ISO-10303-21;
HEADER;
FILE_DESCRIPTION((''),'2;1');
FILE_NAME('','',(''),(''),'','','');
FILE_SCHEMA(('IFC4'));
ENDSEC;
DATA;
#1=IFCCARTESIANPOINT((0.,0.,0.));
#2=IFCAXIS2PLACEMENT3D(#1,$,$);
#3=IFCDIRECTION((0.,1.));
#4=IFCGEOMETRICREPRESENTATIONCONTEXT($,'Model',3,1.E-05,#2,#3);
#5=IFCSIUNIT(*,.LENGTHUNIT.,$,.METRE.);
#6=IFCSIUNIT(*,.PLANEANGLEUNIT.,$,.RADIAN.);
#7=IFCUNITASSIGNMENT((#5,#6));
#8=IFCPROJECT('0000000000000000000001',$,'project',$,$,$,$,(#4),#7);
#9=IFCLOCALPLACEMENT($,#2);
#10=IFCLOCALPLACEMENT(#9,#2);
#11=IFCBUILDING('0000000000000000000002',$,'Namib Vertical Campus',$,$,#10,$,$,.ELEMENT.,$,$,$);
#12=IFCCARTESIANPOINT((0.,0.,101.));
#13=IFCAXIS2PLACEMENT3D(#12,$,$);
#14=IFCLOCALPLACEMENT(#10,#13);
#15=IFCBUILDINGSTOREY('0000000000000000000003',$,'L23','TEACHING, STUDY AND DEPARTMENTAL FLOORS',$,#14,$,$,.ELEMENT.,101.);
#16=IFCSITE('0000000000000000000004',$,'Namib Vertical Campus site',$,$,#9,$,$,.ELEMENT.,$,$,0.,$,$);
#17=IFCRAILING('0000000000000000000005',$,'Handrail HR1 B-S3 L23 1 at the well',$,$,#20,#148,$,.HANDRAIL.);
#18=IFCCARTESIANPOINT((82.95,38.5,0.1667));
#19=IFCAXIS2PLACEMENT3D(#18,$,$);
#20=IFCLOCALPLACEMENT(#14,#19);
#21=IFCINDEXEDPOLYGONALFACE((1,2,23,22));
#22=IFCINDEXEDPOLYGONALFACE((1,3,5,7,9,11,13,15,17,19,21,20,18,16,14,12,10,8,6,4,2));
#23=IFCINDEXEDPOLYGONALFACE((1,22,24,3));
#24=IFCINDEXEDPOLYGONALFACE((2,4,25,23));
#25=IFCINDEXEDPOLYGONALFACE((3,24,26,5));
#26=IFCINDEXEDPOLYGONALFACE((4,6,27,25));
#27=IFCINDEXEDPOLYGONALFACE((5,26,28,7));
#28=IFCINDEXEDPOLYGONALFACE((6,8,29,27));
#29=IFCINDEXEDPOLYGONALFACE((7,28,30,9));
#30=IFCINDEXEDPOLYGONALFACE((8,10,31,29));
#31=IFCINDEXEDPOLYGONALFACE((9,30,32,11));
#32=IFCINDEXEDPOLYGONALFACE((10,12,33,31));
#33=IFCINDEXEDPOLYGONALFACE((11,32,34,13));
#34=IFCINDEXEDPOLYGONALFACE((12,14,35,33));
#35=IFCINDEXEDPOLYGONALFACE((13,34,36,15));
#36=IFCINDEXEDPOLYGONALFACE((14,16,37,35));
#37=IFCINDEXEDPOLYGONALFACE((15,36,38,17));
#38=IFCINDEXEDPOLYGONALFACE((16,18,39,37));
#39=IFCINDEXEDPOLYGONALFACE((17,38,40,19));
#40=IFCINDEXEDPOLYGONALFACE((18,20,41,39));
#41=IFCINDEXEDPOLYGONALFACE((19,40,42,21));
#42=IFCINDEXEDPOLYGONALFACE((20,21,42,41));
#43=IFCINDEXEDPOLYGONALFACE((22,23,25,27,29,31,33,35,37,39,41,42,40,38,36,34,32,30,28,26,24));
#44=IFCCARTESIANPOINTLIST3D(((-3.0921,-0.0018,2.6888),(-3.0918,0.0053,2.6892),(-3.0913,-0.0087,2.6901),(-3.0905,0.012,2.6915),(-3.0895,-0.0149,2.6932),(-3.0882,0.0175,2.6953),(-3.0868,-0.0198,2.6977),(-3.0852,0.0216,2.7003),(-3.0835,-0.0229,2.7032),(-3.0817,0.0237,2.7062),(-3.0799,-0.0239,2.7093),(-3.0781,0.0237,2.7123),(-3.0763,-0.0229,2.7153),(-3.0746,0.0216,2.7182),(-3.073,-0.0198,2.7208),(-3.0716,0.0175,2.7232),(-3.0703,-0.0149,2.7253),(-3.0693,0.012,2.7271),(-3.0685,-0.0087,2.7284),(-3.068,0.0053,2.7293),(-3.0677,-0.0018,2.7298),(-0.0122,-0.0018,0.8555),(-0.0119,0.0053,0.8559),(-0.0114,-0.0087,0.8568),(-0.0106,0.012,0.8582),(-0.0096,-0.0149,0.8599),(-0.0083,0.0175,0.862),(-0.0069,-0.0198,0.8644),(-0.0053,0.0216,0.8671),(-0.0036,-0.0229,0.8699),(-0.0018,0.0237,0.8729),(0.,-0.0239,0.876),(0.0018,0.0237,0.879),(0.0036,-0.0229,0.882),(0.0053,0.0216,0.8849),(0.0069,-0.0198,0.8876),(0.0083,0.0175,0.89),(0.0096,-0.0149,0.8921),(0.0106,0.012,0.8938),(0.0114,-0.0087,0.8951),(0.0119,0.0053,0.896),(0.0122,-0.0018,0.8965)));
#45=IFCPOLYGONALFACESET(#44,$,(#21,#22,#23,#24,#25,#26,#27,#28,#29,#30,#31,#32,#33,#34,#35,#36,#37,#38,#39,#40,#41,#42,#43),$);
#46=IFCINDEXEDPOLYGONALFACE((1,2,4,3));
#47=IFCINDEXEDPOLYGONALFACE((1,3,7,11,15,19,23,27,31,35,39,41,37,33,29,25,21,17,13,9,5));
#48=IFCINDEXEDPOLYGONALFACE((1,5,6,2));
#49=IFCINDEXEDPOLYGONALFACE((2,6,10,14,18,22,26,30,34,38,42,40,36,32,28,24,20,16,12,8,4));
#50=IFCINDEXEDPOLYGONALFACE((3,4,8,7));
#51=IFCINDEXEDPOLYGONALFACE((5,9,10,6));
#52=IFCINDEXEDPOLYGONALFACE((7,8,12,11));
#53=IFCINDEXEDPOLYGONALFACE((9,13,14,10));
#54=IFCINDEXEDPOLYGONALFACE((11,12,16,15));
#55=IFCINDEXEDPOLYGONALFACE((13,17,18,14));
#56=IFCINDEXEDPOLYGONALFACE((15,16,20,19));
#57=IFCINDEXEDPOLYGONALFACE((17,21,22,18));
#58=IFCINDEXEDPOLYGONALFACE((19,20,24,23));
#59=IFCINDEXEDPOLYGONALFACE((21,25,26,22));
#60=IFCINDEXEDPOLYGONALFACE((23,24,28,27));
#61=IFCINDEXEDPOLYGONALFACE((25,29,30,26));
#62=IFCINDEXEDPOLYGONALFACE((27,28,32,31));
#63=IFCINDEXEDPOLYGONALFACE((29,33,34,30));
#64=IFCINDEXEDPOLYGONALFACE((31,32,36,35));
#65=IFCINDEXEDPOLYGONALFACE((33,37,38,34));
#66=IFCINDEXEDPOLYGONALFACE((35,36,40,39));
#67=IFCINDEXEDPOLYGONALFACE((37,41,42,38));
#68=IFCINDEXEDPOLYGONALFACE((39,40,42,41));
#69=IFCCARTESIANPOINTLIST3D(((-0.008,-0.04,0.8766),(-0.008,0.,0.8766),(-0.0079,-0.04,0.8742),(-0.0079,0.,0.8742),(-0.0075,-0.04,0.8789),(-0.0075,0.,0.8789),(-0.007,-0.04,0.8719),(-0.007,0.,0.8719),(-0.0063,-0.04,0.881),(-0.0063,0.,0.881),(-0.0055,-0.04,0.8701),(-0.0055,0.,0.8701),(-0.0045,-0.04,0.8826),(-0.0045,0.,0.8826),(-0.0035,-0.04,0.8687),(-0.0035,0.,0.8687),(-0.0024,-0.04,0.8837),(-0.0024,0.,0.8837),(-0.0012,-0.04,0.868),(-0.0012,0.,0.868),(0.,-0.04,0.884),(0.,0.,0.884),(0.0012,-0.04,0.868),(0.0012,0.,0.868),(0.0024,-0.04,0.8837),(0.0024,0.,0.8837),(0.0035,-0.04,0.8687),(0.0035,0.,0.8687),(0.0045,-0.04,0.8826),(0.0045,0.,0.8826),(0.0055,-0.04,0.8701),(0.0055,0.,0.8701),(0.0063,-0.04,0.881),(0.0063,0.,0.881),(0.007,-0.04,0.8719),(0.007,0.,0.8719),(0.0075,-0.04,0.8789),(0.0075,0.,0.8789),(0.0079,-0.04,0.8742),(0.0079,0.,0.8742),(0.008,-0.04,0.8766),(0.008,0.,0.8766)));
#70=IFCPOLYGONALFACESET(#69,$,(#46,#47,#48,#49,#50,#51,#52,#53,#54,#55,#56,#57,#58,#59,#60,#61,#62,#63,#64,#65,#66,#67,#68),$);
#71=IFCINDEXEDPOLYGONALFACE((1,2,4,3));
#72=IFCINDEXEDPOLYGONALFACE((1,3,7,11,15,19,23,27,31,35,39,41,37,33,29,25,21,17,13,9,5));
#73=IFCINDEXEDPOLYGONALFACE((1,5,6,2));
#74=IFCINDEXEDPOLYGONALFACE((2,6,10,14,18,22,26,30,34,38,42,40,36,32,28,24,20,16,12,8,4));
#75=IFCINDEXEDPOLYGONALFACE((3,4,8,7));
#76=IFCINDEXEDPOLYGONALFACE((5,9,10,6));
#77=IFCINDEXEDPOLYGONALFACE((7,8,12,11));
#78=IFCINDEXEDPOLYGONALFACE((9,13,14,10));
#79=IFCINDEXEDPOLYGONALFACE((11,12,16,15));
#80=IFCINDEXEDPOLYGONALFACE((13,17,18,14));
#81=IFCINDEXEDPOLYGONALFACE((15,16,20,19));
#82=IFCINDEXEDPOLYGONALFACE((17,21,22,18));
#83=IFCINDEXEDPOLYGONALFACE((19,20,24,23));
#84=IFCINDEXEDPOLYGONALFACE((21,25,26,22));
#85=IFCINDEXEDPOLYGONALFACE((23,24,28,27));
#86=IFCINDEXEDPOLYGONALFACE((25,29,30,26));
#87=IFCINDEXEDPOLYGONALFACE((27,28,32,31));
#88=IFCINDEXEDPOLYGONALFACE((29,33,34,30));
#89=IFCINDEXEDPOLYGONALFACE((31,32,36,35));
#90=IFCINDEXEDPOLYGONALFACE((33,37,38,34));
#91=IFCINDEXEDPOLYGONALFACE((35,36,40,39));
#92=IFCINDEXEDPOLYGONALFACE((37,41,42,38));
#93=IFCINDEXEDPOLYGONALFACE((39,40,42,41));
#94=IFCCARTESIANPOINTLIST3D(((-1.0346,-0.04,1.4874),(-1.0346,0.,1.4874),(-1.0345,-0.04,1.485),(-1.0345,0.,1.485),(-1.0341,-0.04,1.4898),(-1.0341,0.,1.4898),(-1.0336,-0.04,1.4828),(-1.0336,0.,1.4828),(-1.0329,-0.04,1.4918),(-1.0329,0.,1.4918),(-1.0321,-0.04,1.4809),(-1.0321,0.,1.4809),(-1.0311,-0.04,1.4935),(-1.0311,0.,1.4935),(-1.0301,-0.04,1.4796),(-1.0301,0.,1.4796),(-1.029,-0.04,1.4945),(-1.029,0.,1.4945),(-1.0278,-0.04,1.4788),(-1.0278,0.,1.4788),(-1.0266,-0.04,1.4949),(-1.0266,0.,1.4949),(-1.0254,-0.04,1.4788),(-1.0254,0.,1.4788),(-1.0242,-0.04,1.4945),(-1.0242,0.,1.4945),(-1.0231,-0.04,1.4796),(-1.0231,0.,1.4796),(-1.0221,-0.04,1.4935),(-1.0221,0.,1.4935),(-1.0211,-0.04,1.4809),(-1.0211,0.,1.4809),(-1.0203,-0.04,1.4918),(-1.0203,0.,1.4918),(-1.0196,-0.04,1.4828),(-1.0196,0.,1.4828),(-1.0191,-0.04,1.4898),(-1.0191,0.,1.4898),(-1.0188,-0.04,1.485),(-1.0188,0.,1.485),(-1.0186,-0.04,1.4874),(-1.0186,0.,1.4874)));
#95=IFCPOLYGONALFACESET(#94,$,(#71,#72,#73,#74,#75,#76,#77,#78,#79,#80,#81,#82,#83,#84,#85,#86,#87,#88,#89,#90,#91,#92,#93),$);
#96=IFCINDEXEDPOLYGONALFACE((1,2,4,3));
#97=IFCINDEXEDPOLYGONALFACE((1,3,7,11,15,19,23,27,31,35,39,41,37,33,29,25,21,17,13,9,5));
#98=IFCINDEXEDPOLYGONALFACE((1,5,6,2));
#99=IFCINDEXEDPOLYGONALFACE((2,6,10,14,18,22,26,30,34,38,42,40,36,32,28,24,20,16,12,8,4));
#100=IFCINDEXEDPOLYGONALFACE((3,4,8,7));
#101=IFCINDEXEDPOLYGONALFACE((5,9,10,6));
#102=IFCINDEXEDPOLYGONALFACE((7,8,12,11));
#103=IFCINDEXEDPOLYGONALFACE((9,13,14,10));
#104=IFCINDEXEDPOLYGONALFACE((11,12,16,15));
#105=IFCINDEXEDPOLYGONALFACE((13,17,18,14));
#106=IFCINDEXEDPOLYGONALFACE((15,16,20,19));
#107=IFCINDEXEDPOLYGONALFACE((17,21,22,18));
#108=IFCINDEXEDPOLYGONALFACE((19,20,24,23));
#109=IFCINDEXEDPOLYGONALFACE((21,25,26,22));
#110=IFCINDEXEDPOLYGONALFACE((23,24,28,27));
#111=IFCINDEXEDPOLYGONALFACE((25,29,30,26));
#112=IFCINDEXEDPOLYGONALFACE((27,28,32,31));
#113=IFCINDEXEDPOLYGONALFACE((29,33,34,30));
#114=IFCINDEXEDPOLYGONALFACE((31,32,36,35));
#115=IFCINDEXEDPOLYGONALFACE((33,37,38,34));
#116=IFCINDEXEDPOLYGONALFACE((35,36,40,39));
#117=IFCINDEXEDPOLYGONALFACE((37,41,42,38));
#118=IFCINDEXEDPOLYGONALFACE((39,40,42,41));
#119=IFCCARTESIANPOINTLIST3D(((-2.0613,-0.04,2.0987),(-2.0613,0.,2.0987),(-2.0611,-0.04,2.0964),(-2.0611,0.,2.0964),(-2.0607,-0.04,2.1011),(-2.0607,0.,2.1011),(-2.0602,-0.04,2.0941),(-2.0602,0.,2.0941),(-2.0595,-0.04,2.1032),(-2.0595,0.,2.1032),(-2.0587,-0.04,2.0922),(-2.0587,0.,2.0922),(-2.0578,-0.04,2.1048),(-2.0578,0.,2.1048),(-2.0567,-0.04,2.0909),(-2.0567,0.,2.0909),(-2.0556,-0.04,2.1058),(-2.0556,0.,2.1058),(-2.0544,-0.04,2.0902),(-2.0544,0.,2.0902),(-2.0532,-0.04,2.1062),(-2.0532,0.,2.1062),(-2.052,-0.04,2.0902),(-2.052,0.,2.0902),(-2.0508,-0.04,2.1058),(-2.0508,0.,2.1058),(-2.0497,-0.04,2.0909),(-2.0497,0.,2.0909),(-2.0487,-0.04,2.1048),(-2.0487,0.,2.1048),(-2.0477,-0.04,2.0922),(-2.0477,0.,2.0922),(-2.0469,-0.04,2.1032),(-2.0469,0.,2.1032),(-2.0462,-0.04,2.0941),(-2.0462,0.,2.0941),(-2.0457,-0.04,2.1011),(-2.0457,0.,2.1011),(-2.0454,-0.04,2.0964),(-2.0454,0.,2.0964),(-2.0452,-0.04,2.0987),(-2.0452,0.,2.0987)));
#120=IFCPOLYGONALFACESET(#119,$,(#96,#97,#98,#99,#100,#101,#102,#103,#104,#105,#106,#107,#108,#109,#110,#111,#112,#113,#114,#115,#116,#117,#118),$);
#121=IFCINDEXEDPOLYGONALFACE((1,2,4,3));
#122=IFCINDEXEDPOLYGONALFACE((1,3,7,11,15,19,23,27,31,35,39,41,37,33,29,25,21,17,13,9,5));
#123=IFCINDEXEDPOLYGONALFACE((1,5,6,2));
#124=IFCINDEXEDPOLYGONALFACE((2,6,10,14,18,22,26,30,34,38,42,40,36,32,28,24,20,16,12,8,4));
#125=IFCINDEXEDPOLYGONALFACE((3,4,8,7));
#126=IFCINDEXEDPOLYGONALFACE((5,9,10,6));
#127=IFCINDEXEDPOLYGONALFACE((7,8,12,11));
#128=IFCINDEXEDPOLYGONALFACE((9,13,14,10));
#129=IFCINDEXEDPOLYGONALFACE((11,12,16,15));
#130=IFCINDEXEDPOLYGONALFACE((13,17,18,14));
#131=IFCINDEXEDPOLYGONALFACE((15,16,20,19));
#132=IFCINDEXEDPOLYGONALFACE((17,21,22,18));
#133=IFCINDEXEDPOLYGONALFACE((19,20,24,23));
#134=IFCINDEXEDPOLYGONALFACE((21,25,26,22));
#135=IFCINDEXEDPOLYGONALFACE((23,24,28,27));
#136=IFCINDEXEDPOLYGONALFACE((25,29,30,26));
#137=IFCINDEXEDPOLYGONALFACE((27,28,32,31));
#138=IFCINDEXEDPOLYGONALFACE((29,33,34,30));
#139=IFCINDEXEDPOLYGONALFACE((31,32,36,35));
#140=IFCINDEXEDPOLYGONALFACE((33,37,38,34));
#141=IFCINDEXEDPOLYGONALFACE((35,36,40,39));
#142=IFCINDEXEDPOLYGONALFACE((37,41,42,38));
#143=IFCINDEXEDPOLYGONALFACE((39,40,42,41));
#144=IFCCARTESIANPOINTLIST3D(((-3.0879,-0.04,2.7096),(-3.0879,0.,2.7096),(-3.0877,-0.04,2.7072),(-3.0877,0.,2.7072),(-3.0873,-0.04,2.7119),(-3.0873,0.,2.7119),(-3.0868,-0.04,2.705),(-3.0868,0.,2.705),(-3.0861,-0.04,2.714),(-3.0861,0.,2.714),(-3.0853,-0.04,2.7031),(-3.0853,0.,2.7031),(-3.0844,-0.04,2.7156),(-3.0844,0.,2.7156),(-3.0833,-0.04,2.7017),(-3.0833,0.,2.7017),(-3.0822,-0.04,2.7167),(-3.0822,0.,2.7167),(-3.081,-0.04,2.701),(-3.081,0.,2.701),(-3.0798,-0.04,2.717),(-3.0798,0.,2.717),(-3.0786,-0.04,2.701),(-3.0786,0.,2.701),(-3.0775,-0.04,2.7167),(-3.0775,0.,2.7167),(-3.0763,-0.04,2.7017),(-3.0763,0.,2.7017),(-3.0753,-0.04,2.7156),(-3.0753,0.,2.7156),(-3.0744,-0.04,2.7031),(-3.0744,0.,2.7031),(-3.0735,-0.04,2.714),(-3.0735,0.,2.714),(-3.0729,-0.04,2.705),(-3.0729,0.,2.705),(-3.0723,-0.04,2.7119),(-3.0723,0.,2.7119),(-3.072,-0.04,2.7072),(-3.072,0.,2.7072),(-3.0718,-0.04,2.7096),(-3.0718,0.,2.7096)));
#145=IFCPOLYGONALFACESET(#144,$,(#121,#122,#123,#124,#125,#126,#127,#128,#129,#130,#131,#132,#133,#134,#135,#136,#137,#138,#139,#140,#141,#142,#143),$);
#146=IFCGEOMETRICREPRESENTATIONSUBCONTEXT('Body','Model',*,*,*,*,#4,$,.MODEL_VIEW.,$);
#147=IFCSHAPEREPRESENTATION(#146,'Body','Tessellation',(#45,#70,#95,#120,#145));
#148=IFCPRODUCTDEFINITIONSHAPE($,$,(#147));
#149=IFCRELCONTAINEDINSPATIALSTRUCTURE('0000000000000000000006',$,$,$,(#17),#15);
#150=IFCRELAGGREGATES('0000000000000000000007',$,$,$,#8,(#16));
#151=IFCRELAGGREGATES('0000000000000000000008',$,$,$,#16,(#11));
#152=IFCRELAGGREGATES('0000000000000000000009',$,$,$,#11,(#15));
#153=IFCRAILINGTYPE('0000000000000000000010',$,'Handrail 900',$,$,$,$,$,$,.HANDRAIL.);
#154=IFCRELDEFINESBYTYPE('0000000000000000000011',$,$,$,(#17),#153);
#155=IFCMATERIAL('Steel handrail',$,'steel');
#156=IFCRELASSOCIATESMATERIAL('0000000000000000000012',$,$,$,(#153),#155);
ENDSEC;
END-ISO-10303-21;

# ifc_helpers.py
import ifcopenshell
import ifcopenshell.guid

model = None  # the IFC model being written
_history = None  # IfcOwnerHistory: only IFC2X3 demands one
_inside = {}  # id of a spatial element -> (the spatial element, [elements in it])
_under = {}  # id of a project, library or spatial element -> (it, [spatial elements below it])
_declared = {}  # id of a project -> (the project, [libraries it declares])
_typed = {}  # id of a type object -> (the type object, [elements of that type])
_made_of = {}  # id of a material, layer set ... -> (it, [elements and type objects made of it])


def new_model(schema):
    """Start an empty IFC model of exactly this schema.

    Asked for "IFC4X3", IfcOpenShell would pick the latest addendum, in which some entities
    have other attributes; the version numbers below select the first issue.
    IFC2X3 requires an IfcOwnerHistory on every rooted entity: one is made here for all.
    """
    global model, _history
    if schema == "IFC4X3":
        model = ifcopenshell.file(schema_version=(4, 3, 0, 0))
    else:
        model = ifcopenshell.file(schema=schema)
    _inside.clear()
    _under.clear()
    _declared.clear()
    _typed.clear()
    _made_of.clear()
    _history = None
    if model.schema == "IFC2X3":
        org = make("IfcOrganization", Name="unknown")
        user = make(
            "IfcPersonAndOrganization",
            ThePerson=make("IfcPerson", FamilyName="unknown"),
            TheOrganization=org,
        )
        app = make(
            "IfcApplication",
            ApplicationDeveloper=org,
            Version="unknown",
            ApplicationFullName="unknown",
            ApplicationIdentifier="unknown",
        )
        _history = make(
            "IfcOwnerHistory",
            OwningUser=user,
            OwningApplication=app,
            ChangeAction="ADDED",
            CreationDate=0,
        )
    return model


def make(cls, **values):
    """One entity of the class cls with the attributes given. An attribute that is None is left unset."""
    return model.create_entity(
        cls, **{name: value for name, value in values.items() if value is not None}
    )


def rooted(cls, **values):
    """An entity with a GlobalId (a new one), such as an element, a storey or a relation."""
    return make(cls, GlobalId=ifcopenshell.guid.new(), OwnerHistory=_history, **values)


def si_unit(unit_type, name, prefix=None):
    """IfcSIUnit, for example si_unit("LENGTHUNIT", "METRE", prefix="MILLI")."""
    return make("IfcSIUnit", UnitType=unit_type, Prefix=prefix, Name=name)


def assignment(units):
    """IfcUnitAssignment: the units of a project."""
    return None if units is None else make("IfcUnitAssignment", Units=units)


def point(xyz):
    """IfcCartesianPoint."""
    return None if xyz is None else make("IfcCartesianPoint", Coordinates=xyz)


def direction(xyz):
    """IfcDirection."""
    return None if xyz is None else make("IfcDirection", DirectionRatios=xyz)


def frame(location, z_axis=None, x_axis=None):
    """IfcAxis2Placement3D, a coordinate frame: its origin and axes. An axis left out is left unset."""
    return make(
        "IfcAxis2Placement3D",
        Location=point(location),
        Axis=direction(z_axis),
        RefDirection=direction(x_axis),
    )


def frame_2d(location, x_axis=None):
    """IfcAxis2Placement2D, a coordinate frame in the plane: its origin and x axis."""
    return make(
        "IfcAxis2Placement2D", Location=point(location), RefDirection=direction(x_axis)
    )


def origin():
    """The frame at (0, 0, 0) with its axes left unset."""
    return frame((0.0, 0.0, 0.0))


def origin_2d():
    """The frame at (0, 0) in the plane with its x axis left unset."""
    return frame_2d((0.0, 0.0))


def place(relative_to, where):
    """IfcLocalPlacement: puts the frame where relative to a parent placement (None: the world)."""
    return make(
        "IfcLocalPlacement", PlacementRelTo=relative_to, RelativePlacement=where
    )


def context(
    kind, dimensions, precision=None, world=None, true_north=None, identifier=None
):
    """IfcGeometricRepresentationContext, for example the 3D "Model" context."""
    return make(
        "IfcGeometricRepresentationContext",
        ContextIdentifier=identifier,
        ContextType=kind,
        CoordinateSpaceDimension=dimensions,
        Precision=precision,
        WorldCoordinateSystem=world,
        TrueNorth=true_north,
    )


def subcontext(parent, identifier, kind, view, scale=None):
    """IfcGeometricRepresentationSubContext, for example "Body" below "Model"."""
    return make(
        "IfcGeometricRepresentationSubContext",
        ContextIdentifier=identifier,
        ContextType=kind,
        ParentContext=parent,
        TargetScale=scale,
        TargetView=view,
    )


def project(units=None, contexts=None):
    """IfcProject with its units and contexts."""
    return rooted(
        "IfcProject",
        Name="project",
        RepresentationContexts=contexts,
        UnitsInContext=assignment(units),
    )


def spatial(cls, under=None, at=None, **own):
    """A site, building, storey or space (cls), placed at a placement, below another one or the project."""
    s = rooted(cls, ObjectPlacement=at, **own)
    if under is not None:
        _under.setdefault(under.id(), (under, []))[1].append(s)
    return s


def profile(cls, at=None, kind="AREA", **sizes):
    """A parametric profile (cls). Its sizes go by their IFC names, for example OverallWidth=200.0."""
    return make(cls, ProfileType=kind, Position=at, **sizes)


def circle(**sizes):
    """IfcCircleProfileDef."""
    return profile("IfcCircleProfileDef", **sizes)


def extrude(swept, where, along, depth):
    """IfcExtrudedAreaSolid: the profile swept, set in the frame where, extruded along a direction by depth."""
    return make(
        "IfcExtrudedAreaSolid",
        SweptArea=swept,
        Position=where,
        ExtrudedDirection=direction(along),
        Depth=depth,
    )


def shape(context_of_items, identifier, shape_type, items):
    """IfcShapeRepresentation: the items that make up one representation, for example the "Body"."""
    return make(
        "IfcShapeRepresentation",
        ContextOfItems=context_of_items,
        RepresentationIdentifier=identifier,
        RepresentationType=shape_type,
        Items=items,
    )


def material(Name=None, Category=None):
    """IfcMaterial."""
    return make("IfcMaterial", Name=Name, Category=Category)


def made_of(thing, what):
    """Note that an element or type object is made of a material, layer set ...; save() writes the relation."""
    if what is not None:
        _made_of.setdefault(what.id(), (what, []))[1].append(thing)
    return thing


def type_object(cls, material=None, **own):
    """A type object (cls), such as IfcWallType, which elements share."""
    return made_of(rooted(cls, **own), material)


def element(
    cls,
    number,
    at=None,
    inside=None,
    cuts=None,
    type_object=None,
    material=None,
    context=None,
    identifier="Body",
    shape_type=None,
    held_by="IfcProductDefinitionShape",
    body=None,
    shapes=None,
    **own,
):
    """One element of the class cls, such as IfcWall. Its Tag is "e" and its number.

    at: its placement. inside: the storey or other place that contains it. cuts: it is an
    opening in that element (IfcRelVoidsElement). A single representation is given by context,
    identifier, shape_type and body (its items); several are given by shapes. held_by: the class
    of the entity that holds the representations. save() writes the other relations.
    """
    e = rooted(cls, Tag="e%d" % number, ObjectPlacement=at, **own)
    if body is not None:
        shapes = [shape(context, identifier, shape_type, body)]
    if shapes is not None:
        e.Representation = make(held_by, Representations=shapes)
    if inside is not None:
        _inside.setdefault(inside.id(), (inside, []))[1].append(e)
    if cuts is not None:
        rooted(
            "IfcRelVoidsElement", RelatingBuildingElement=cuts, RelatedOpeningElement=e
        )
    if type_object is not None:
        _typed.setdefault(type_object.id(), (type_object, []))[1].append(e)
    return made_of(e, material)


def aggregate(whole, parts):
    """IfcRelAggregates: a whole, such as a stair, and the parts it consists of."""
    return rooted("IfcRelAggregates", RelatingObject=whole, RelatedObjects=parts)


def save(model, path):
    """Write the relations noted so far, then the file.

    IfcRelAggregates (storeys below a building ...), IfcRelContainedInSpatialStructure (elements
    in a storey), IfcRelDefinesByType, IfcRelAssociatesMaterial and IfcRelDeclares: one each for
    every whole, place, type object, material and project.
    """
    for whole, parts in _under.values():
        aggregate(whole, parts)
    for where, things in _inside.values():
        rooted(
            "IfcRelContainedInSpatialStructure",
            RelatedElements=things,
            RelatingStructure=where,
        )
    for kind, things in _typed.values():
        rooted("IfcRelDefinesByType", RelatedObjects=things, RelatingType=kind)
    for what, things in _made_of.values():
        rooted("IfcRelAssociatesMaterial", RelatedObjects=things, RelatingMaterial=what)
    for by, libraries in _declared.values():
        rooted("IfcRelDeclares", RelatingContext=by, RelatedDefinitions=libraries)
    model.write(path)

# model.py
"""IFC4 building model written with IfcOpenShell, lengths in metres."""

from ifc_helpers import new_model, si_unit, direction, frame, origin, origin_2d, place, context, subcontext, project, spatial, circle, extrude, material, type_object, element, save


model = new_model("IFC4")

# Units and contexts
model_context = context("Model", 3, precision=1e-05, world=origin(), true_north=direction((0.0, 1.0)))
body_context = subcontext(model_context, "Body", "Model", "MODEL_VIEW")
ifc_project = project(units=[si_unit("LENGTHUNIT", "METRE"), si_unit("PLANEANGLEUNIT", "RADIAN")], contexts=[model_context])

# Site, building, storey
site_placement = place(None, origin())
site = spatial("IfcSite", under=ifc_project, at=site_placement, Name="Namib Vertical Campus site", CompositionType="ELEMENT", RefElevation=0.0)
building_placement = place(site_placement, origin())
building = spatial("IfcBuilding", under=site, at=building_placement, Name="Namib Vertical Campus", CompositionType="ELEMENT")
storey_placement = place(building_placement, frame((0.0, 0.0, 101.0)))
storey = spatial("IfcBuildingStorey", under=building, at=storey_placement, Name="L23", Description="TEACHING, STUDY AND DEPARTMENTAL FLOORS", CompositionType="ELEMENT", Elevation=101.0)

# Railing
ifc_material_1 = material(Name="Steel handrail", Category="steel")
railing_type_1 = type_object("IfcRailingType", Name="Handrail 900", PredefinedType="HANDRAIL", material=ifc_material_1)
railing_1_placement = place(storey_placement, frame((82.95, 38.5, 0.1667)))
element("IfcRailing", 1, at=railing_1_placement, inside=storey, type_object=railing_type_1, Name="Handrail HR1 B-S3 L23 1 at the well", PredefinedType="HANDRAIL", context=body_context, shape_type="SweptSolid", body=[
    extrude(circle(Radius=0.0239, at=origin_2d()), frame((0.0, 0.0, 0.876), z_axis=(-0.859291, 0.0, 0.511487), x_axis=(0.0, -1.0, 0.0)), (0.0, 0.0, 1.0), 3.5842),
    extrude(circle(Radius=0.0081, at=origin_2d()), frame((0.0, 0.0, 0.876), z_axis=(0.0, -1.0, 0.0), x_axis=(0.0, 0.0, 1.0)), (0.0, 0.0, 1.0), 0.04),
    extrude(circle(Radius=0.0081, at=origin_2d()), frame((-1.0266, 0.0, 1.4868), z_axis=(0.0, -1.0, 0.0), x_axis=(0.0, 0.0, 1.0)), (0.0, 0.0, 1.0), 0.04),
    extrude(circle(Radius=0.0081, at=origin_2d()), frame((-2.0532, 0.0, 2.0981), z_axis=(0.0, -1.0, 0.0), x_axis=(0.0, 0.0, 1.0)), (0.0, 0.0, 1.0), 0.04),
    extrude(circle(Radius=0.0081, at=origin_2d()), frame((-3.0798, 0.0, 2.709), z_axis=(0.0, -1.0, 0.0), x_axis=(0.0, 0.0, 1.0)), (0.0, 0.0, 1.0), 0.04),
])

save(model, "model.ifc")
